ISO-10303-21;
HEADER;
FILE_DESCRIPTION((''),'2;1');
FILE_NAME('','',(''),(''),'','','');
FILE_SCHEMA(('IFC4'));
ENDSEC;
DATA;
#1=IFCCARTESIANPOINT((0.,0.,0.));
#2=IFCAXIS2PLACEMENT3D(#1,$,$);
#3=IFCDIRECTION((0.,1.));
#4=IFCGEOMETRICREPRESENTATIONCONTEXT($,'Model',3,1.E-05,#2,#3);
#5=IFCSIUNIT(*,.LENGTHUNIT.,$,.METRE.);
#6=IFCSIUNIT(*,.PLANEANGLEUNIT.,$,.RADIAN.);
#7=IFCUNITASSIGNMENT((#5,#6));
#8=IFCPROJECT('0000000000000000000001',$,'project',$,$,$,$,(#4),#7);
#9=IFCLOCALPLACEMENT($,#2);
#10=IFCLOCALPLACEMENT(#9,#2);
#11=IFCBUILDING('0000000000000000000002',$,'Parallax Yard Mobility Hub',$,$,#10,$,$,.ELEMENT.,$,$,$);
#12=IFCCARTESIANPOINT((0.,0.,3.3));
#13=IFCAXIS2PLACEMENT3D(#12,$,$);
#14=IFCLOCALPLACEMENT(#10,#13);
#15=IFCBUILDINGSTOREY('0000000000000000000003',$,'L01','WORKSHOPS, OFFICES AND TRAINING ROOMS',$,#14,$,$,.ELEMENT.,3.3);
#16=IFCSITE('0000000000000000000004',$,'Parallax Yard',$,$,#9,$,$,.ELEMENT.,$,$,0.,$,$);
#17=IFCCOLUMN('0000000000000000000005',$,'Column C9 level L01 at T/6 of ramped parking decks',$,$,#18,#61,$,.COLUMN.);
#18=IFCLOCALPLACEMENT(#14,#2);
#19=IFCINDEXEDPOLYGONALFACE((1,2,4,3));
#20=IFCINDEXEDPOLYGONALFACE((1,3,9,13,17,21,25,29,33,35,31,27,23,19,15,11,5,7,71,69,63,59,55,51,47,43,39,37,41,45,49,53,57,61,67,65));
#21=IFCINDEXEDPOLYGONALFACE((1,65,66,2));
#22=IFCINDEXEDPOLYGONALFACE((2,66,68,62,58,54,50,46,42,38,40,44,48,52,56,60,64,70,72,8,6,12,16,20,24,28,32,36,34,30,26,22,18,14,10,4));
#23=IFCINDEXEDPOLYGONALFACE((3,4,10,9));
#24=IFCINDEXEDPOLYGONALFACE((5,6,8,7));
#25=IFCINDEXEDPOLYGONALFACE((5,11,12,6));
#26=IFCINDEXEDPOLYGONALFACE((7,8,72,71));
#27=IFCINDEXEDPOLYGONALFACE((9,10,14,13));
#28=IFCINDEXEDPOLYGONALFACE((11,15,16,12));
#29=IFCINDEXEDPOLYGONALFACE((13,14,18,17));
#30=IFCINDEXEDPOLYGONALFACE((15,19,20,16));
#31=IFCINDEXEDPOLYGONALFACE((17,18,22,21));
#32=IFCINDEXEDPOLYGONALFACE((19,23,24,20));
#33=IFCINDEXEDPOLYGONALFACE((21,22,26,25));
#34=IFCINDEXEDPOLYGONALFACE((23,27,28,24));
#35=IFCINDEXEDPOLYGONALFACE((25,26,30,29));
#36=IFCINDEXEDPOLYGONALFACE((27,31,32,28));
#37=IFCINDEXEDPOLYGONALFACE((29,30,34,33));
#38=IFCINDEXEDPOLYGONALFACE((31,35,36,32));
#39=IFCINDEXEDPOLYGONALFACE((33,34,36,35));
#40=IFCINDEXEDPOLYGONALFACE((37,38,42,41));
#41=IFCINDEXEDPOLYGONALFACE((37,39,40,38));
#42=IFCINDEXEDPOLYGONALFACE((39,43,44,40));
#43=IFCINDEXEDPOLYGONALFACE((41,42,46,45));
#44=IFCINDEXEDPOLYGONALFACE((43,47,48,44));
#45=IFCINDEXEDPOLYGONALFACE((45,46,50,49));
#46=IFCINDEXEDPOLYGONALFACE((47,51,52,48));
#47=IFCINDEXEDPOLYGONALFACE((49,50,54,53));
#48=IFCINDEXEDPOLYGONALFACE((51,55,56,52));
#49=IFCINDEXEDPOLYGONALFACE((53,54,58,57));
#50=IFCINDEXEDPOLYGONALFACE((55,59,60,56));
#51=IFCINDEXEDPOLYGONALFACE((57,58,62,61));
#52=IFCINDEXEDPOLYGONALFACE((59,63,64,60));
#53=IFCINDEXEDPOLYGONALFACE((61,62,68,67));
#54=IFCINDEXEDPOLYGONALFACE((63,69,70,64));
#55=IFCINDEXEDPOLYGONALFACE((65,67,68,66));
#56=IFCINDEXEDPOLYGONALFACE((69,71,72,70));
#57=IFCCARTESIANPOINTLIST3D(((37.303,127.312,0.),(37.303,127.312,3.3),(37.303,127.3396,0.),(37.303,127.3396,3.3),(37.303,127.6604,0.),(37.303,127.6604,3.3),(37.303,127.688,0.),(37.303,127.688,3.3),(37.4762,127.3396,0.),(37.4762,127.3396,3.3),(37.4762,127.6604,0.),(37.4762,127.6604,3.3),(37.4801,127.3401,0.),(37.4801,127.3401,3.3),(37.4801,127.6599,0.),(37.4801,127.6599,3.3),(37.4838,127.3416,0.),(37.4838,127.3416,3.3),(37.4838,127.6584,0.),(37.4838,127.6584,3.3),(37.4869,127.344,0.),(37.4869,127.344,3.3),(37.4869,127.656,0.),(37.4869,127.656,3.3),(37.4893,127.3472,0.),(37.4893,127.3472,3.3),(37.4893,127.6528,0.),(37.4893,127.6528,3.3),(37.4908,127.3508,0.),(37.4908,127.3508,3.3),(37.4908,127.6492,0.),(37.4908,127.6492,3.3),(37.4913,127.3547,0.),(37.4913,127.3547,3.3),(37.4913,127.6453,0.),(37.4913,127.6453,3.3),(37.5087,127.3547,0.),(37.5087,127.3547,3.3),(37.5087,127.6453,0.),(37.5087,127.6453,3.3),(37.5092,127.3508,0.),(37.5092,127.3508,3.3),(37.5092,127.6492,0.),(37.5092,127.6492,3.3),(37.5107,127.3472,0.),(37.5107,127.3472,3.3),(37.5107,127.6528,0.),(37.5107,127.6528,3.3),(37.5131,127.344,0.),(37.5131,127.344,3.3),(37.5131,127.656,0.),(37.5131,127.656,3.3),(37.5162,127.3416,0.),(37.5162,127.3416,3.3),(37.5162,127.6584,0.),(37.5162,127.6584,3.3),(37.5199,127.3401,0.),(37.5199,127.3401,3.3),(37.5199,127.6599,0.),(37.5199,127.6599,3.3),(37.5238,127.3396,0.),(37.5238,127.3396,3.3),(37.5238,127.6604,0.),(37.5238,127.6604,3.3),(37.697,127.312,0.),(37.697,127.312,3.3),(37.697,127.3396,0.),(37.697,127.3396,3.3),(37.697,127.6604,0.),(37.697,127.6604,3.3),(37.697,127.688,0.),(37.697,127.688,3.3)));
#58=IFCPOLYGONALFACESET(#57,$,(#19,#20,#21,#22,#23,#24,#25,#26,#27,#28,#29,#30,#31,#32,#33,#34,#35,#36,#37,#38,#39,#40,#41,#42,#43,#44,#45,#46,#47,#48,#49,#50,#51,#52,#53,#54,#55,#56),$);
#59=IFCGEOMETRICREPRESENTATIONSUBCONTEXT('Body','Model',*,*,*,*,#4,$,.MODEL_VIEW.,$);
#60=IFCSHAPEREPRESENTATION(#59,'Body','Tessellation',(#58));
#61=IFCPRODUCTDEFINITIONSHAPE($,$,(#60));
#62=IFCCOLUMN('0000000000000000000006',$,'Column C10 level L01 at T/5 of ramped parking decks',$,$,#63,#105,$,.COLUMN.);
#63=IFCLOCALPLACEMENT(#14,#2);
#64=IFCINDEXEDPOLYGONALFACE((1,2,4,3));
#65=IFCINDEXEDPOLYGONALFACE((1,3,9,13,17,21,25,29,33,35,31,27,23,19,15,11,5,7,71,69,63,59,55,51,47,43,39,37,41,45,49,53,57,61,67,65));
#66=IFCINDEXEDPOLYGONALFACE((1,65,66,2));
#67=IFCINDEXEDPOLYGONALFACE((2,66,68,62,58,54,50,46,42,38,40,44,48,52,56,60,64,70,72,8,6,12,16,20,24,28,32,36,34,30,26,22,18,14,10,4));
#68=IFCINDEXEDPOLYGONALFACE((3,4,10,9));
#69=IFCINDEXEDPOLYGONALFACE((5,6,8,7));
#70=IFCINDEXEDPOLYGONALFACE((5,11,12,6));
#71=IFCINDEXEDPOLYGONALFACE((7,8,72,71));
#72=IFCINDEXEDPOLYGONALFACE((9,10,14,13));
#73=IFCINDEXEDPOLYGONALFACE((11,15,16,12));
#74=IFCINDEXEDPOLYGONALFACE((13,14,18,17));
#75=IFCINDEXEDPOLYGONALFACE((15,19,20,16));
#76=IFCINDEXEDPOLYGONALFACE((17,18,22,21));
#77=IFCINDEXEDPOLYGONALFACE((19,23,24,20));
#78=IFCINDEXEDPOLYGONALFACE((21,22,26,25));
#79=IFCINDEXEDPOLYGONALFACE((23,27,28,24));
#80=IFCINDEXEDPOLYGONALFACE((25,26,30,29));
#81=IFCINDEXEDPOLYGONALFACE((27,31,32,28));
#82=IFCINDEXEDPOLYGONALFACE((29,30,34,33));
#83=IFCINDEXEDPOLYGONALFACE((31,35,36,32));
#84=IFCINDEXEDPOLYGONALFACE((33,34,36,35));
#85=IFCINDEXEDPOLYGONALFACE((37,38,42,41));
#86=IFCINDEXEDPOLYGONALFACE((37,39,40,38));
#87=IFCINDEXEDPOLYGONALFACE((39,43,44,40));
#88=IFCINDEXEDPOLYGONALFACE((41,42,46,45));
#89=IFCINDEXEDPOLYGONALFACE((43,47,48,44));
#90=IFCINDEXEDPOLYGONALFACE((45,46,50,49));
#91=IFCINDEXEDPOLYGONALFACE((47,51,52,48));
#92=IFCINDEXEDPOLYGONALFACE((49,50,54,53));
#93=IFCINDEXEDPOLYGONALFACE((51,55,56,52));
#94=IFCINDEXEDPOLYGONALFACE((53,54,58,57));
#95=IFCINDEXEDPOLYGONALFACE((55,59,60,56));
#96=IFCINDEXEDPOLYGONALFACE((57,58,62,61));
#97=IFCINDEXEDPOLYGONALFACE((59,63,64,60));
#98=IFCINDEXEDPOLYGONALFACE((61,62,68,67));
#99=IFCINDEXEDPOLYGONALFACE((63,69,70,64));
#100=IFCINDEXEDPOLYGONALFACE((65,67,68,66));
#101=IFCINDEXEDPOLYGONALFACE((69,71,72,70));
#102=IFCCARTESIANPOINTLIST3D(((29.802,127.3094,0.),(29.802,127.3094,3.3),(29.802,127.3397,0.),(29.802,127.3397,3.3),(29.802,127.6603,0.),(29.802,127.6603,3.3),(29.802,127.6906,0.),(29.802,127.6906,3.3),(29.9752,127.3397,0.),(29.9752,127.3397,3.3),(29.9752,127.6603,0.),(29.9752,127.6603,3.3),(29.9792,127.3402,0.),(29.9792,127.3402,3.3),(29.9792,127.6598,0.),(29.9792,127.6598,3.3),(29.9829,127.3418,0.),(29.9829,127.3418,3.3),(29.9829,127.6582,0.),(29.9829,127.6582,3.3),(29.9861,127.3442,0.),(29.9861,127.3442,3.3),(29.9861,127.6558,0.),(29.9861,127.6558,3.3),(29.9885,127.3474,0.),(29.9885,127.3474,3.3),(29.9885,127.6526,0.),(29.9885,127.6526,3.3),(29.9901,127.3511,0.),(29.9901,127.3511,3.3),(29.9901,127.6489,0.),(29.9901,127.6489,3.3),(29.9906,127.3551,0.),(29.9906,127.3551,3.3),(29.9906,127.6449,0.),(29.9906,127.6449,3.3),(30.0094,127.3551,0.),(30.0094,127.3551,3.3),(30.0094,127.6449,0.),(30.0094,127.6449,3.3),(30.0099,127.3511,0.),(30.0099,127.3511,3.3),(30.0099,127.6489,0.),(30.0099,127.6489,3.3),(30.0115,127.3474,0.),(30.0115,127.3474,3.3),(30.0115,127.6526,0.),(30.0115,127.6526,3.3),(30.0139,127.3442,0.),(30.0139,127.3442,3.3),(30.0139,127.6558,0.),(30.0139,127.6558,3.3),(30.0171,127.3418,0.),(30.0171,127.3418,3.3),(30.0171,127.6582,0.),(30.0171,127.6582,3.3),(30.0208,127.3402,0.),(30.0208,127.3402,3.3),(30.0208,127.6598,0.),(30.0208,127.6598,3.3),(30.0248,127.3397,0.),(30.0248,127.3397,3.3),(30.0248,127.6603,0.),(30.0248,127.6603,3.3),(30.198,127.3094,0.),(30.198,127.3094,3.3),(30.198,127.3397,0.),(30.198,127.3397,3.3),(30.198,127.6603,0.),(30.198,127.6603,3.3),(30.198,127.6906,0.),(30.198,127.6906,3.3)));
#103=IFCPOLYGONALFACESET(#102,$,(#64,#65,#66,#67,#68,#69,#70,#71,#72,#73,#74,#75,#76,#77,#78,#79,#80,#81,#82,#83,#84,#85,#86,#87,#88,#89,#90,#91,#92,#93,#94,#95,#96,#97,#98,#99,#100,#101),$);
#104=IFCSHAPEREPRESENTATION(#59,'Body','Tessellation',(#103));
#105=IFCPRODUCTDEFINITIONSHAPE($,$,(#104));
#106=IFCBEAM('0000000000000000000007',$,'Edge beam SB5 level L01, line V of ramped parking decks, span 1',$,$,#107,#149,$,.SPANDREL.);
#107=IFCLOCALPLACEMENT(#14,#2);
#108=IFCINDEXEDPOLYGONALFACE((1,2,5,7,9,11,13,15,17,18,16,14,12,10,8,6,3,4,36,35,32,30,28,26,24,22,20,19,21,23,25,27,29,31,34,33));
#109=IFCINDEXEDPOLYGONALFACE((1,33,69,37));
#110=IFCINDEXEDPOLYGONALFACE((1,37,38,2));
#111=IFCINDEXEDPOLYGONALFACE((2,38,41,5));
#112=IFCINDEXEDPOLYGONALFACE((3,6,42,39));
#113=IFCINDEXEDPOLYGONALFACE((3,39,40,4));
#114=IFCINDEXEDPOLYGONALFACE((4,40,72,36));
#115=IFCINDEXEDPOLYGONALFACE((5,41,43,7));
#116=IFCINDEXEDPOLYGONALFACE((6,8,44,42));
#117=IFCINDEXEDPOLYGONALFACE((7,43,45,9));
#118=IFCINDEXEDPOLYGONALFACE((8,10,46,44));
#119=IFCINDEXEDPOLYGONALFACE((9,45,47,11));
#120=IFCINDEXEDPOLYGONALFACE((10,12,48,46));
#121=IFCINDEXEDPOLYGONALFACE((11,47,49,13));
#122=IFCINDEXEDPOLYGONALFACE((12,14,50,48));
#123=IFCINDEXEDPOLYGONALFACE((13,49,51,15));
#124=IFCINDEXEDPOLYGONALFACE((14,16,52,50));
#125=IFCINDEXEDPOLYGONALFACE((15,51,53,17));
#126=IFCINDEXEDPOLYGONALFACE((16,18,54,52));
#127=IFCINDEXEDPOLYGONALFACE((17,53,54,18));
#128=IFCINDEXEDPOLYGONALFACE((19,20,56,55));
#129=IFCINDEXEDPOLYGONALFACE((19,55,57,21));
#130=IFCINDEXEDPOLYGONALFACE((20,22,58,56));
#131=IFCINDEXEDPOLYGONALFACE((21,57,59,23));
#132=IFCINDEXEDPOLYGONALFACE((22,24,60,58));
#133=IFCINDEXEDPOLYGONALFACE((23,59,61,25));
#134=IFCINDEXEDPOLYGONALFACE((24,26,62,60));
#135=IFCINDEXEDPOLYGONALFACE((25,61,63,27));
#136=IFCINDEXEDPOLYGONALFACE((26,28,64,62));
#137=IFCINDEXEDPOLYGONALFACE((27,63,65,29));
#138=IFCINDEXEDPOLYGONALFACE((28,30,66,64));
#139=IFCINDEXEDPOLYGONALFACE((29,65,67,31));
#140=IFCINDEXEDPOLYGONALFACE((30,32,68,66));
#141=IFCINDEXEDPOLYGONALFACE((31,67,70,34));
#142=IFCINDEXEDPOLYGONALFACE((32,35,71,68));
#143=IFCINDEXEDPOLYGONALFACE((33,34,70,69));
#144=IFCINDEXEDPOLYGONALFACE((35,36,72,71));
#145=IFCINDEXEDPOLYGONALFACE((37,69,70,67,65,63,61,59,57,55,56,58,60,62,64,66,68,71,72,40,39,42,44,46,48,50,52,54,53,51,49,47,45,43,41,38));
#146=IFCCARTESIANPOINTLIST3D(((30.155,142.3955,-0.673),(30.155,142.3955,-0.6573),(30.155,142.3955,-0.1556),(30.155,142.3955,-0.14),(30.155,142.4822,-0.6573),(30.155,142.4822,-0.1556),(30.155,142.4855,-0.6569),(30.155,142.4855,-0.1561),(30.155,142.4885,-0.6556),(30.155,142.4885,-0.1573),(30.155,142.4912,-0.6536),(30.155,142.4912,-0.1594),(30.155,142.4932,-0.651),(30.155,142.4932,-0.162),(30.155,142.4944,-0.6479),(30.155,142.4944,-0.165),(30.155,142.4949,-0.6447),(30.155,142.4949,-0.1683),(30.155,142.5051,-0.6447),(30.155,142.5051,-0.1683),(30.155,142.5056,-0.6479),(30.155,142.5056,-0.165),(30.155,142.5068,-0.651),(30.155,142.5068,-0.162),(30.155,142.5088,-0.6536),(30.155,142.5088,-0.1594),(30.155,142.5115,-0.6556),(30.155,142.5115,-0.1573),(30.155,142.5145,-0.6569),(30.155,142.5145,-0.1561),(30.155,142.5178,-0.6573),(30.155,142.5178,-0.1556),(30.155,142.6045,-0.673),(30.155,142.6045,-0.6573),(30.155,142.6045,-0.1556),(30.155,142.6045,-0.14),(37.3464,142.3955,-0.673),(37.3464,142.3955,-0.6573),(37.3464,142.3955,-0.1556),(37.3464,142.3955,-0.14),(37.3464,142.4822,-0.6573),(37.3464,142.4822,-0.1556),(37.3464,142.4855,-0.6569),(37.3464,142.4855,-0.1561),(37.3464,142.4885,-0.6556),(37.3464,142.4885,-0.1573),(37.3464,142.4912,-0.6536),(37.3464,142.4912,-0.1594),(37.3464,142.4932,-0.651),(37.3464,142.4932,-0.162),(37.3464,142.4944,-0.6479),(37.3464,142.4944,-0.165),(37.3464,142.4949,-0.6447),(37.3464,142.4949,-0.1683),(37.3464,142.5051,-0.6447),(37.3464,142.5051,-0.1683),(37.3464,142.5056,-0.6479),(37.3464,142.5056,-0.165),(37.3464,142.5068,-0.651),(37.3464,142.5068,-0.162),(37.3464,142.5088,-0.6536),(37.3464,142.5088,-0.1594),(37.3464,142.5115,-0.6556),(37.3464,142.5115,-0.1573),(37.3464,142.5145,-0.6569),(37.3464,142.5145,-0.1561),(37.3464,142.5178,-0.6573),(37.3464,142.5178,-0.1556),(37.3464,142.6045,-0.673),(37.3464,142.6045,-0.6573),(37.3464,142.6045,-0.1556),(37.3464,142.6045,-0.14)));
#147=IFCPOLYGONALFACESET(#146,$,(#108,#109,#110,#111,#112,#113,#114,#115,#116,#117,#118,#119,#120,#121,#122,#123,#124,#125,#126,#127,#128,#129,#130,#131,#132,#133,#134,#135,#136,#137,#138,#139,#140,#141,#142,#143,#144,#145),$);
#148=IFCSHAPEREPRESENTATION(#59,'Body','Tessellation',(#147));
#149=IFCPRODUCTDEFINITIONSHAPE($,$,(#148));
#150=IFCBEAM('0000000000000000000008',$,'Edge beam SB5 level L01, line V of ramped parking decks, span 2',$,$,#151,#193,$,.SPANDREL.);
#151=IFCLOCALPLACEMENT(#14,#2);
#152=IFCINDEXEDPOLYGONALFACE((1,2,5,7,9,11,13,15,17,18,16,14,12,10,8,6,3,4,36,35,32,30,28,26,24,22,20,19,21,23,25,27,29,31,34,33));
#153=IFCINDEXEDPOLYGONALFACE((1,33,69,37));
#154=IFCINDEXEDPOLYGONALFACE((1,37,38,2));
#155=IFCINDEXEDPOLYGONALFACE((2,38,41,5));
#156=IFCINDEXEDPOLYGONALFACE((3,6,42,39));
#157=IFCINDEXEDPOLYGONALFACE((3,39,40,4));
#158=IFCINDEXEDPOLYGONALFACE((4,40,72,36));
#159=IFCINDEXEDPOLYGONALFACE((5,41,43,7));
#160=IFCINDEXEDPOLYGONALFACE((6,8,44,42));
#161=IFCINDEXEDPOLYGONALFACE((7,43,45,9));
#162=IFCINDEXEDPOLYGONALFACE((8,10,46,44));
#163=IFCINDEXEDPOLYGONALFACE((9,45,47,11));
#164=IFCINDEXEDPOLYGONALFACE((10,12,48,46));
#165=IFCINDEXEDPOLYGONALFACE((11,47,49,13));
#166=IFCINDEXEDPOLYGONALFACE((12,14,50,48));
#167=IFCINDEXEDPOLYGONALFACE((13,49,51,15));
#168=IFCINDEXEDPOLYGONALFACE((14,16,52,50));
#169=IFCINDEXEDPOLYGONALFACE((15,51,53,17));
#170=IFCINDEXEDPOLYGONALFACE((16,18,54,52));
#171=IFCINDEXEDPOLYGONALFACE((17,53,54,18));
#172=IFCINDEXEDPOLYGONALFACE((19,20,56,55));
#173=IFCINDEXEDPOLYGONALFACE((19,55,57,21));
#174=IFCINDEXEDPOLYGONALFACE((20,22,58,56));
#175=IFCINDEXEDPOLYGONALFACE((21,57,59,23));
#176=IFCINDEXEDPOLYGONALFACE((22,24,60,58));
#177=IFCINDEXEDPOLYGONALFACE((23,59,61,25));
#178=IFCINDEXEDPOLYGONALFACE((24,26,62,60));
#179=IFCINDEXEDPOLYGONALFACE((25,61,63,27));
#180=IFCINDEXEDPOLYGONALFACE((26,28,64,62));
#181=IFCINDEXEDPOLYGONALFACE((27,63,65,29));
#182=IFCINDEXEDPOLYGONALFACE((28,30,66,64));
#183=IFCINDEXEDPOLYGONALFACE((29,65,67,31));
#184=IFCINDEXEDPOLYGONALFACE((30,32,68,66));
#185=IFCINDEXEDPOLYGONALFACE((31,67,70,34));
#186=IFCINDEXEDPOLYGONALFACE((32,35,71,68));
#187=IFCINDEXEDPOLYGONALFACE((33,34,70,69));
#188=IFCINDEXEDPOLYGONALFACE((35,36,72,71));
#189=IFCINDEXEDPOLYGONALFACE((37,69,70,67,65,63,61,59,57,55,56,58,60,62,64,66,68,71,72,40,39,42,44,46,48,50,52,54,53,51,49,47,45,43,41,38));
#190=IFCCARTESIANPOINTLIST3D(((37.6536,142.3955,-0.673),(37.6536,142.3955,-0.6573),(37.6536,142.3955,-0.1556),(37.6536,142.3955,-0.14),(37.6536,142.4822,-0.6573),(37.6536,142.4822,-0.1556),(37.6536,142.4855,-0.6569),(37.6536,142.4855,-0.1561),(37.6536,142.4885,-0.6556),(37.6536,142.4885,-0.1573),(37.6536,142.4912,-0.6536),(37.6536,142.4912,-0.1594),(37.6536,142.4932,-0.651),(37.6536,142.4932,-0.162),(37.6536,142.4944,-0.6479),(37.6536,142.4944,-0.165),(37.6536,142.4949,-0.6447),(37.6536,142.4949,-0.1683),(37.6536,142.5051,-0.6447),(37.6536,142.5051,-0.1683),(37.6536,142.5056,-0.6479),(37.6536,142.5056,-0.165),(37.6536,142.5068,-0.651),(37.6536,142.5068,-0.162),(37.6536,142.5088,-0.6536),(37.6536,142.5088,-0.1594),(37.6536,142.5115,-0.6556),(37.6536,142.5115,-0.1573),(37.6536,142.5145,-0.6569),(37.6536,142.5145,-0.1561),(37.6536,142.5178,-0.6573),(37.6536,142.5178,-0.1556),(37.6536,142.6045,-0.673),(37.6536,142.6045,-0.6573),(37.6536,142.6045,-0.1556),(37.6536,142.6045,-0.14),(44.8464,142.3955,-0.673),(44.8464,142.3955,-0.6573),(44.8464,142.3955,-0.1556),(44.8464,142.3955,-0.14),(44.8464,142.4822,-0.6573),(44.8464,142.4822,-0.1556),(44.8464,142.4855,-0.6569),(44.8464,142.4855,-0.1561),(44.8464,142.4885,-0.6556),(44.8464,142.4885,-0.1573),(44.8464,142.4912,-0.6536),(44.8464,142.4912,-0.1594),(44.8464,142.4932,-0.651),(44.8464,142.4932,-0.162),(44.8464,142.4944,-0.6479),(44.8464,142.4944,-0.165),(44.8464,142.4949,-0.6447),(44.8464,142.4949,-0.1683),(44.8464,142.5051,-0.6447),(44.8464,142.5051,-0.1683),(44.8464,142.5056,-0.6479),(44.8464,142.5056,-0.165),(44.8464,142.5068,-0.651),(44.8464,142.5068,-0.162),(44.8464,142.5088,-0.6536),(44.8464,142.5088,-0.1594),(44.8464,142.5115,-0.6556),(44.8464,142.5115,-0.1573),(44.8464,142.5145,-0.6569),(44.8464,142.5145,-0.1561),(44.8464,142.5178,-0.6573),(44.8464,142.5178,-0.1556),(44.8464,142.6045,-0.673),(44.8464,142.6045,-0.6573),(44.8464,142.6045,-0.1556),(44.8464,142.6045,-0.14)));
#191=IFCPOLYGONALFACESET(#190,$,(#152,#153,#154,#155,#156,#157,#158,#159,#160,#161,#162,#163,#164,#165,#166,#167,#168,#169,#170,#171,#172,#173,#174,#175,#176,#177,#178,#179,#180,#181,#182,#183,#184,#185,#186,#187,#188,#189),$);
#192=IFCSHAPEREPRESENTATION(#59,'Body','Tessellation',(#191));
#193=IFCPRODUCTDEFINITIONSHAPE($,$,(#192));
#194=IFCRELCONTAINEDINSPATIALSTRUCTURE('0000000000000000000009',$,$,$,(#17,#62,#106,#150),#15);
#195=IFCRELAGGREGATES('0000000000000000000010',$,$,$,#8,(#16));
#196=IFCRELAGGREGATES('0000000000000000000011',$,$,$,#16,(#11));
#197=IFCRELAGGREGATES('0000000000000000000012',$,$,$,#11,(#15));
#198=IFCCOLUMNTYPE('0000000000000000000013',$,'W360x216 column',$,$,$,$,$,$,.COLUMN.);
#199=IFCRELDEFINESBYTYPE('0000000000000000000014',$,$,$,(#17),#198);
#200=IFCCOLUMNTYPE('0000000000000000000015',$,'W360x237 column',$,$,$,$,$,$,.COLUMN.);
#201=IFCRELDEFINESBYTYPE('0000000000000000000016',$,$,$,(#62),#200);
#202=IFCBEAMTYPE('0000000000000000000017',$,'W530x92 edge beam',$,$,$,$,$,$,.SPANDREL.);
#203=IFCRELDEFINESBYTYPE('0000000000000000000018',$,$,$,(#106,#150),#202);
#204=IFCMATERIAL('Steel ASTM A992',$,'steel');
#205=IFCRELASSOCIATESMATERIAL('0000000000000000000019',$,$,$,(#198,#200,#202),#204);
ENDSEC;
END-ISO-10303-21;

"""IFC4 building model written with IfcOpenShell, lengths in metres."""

from ifc_helpers import new_model, si_unit, direction, frame, origin, origin_2d, place, context, subcontext, project, spatial, i_section, extrude, material, material_profile, profile_set, type_object, element, save


model = new_model("IFC4")

# Units and contexts
model_context = context("Model", 3, precision=1e-05, world=origin(), true_north=direction((0.0, 1.0)))
body_context = subcontext(model_context, "Body", "Model", "MODEL_VIEW")
ifc_project = project(units=[si_unit("LENGTHUNIT", "METRE"), si_unit("PLANEANGLEUNIT", "RADIAN")], contexts=[model_context])

# Site, building, storey
site_placement = place(None, origin())
site = spatial("IfcSite", under=ifc_project, at=site_placement, Name="Parallax Yard", CompositionType="ELEMENT", RefElevation=0.0)
building_placement = place(site_placement, origin())
building = spatial("IfcBuilding", under=site, at=building_placement, Name="Parallax Yard Mobility Hub", CompositionType="ELEMENT")
storey_placement = place(building_placement, frame((0.0, 0.0, 3.3)))
storey = spatial("IfcBuildingStorey", under=building, at=storey_placement, Name="L01", Description="WORKSHOPS, OFFICES AND TRAINING ROOMS", CompositionType="ELEMENT", Elevation=3.3)

# Columns
ifc_material_1 = material(Name="Steel ASTM A992", Category="steel")
ifc_material_profile_1 = material_profile(ifc_material_1, i_section(OverallWidth=0.394, OverallDepth=0.376, WebThickness=0.0173, FlangeThickness=0.0276, FilletRadius=0.0151, at=origin_2d()), Name="W360x216")
ifc_profile_set_1 = profile_set([ifc_material_profile_1], Name="Steel ASTM A992")
column_type_1 = type_object("IfcColumnType", Name="W360x216 column", PredefinedType="COLUMN", material=ifc_profile_set_1)
column_1_placement = place(storey_placement, frame((37.5, 127.5, 0.0), z_axis=(0.0, 0.0, 1.0), x_axis=(1.0, 0.0, 0.0)))
element("IfcColumn", 1, at=column_1_placement, inside=storey, type_object=column_type_1, Name="Column C9 level L01 at T/6 of ramped parking decks", PredefinedType="COLUMN", context=body_context, shape_type="SweptSolid", body=[
    extrude(i_section(OverallWidth=0.394, OverallDepth=0.376, WebThickness=0.0173, FlangeThickness=0.0276, FilletRadius=0.0151, at=origin_2d()), origin(), (0.0, 0.0, 1.0), 3.3),
])
ifc_material_profile_2 = material_profile(ifc_material_1, i_section(OverallWidth=0.396, OverallDepth=0.3811, WebThickness=0.0188, FlangeThickness=0.0303, FilletRadius=0.0154, at=origin_2d()), Name="W360x237")
ifc_profile_set_2 = profile_set([ifc_material_profile_2], Name="Steel ASTM A992")
column_type_2 = type_object("IfcColumnType", Name="W360x237 column", PredefinedType="COLUMN", material=ifc_profile_set_2)
column_2_placement = place(storey_placement, frame((30.0, 127.5, 0.0), z_axis=(0.0, 0.0, 1.0), x_axis=(1.0, 0.0, 0.0)))
element("IfcColumn", 2, at=column_2_placement, inside=storey, type_object=column_type_2, Name="Column C10 level L01 at T/5 of ramped parking decks", PredefinedType="COLUMN", context=body_context, shape_type="SweptSolid", body=[
    extrude(i_section(OverallWidth=0.396, OverallDepth=0.3811, WebThickness=0.0188, FlangeThickness=0.0303, FilletRadius=0.0154, at=origin_2d()), origin(), (0.0, 0.0, 1.0), 3.3),
])

# Beams
ifc_material_profile_3 = material_profile(ifc_material_1, i_section(OverallWidth=0.209, OverallDepth=0.533, WebThickness=0.0103, FlangeThickness=0.0156, FilletRadius=0.0127, at=origin_2d()), Name="W530x92")
ifc_profile_set_3 = profile_set([ifc_material_profile_3], Name="Steel ASTM A992")
beam_type_1 = type_object("IfcBeamType", Name="W530x92 edge beam", PredefinedType="SPANDREL", material=ifc_profile_set_3)
beam_1_placement = place(storey_placement, frame((30.155, 142.5, -0.4065), z_axis=(1.0, 0.0, 0.0), x_axis=(0.0, 1.0, 0.0)))
element("IfcBeam", 3, at=beam_1_placement, inside=storey, type_object=beam_type_1, Name="Edge beam SB5 level L01, line V of ramped parking decks, span 1", PredefinedType="SPANDREL", context=body_context, shape_type="SweptSolid", body=[
    extrude(i_section(OverallWidth=0.209, OverallDepth=0.533, WebThickness=0.0103, FlangeThickness=0.0156, FilletRadius=0.0127, at=origin_2d()), origin(), (0.0, 0.0, 1.0), 7.1914),
])
beam_2_placement = place(storey_placement, frame((37.6536, 142.5, -0.4065), z_axis=(1.0, 0.0, 0.0), x_axis=(0.0, 1.0, 0.0)))
element("IfcBeam", 4, at=beam_2_placement, inside=storey, type_object=beam_type_1, Name="Edge beam SB5 level L01, line V of ramped parking decks, span 2", PredefinedType="SPANDREL", context=body_context, shape_type="SweptSolid", body=[
    extrude(i_section(OverallWidth=0.209, OverallDepth=0.533, WebThickness=0.0103, FlangeThickness=0.0156, FilletRadius=0.0127, at=origin_2d()), origin(), (0.0, 0.0, 1.0), 7.1929),
])

save(model, "model.ifc")
